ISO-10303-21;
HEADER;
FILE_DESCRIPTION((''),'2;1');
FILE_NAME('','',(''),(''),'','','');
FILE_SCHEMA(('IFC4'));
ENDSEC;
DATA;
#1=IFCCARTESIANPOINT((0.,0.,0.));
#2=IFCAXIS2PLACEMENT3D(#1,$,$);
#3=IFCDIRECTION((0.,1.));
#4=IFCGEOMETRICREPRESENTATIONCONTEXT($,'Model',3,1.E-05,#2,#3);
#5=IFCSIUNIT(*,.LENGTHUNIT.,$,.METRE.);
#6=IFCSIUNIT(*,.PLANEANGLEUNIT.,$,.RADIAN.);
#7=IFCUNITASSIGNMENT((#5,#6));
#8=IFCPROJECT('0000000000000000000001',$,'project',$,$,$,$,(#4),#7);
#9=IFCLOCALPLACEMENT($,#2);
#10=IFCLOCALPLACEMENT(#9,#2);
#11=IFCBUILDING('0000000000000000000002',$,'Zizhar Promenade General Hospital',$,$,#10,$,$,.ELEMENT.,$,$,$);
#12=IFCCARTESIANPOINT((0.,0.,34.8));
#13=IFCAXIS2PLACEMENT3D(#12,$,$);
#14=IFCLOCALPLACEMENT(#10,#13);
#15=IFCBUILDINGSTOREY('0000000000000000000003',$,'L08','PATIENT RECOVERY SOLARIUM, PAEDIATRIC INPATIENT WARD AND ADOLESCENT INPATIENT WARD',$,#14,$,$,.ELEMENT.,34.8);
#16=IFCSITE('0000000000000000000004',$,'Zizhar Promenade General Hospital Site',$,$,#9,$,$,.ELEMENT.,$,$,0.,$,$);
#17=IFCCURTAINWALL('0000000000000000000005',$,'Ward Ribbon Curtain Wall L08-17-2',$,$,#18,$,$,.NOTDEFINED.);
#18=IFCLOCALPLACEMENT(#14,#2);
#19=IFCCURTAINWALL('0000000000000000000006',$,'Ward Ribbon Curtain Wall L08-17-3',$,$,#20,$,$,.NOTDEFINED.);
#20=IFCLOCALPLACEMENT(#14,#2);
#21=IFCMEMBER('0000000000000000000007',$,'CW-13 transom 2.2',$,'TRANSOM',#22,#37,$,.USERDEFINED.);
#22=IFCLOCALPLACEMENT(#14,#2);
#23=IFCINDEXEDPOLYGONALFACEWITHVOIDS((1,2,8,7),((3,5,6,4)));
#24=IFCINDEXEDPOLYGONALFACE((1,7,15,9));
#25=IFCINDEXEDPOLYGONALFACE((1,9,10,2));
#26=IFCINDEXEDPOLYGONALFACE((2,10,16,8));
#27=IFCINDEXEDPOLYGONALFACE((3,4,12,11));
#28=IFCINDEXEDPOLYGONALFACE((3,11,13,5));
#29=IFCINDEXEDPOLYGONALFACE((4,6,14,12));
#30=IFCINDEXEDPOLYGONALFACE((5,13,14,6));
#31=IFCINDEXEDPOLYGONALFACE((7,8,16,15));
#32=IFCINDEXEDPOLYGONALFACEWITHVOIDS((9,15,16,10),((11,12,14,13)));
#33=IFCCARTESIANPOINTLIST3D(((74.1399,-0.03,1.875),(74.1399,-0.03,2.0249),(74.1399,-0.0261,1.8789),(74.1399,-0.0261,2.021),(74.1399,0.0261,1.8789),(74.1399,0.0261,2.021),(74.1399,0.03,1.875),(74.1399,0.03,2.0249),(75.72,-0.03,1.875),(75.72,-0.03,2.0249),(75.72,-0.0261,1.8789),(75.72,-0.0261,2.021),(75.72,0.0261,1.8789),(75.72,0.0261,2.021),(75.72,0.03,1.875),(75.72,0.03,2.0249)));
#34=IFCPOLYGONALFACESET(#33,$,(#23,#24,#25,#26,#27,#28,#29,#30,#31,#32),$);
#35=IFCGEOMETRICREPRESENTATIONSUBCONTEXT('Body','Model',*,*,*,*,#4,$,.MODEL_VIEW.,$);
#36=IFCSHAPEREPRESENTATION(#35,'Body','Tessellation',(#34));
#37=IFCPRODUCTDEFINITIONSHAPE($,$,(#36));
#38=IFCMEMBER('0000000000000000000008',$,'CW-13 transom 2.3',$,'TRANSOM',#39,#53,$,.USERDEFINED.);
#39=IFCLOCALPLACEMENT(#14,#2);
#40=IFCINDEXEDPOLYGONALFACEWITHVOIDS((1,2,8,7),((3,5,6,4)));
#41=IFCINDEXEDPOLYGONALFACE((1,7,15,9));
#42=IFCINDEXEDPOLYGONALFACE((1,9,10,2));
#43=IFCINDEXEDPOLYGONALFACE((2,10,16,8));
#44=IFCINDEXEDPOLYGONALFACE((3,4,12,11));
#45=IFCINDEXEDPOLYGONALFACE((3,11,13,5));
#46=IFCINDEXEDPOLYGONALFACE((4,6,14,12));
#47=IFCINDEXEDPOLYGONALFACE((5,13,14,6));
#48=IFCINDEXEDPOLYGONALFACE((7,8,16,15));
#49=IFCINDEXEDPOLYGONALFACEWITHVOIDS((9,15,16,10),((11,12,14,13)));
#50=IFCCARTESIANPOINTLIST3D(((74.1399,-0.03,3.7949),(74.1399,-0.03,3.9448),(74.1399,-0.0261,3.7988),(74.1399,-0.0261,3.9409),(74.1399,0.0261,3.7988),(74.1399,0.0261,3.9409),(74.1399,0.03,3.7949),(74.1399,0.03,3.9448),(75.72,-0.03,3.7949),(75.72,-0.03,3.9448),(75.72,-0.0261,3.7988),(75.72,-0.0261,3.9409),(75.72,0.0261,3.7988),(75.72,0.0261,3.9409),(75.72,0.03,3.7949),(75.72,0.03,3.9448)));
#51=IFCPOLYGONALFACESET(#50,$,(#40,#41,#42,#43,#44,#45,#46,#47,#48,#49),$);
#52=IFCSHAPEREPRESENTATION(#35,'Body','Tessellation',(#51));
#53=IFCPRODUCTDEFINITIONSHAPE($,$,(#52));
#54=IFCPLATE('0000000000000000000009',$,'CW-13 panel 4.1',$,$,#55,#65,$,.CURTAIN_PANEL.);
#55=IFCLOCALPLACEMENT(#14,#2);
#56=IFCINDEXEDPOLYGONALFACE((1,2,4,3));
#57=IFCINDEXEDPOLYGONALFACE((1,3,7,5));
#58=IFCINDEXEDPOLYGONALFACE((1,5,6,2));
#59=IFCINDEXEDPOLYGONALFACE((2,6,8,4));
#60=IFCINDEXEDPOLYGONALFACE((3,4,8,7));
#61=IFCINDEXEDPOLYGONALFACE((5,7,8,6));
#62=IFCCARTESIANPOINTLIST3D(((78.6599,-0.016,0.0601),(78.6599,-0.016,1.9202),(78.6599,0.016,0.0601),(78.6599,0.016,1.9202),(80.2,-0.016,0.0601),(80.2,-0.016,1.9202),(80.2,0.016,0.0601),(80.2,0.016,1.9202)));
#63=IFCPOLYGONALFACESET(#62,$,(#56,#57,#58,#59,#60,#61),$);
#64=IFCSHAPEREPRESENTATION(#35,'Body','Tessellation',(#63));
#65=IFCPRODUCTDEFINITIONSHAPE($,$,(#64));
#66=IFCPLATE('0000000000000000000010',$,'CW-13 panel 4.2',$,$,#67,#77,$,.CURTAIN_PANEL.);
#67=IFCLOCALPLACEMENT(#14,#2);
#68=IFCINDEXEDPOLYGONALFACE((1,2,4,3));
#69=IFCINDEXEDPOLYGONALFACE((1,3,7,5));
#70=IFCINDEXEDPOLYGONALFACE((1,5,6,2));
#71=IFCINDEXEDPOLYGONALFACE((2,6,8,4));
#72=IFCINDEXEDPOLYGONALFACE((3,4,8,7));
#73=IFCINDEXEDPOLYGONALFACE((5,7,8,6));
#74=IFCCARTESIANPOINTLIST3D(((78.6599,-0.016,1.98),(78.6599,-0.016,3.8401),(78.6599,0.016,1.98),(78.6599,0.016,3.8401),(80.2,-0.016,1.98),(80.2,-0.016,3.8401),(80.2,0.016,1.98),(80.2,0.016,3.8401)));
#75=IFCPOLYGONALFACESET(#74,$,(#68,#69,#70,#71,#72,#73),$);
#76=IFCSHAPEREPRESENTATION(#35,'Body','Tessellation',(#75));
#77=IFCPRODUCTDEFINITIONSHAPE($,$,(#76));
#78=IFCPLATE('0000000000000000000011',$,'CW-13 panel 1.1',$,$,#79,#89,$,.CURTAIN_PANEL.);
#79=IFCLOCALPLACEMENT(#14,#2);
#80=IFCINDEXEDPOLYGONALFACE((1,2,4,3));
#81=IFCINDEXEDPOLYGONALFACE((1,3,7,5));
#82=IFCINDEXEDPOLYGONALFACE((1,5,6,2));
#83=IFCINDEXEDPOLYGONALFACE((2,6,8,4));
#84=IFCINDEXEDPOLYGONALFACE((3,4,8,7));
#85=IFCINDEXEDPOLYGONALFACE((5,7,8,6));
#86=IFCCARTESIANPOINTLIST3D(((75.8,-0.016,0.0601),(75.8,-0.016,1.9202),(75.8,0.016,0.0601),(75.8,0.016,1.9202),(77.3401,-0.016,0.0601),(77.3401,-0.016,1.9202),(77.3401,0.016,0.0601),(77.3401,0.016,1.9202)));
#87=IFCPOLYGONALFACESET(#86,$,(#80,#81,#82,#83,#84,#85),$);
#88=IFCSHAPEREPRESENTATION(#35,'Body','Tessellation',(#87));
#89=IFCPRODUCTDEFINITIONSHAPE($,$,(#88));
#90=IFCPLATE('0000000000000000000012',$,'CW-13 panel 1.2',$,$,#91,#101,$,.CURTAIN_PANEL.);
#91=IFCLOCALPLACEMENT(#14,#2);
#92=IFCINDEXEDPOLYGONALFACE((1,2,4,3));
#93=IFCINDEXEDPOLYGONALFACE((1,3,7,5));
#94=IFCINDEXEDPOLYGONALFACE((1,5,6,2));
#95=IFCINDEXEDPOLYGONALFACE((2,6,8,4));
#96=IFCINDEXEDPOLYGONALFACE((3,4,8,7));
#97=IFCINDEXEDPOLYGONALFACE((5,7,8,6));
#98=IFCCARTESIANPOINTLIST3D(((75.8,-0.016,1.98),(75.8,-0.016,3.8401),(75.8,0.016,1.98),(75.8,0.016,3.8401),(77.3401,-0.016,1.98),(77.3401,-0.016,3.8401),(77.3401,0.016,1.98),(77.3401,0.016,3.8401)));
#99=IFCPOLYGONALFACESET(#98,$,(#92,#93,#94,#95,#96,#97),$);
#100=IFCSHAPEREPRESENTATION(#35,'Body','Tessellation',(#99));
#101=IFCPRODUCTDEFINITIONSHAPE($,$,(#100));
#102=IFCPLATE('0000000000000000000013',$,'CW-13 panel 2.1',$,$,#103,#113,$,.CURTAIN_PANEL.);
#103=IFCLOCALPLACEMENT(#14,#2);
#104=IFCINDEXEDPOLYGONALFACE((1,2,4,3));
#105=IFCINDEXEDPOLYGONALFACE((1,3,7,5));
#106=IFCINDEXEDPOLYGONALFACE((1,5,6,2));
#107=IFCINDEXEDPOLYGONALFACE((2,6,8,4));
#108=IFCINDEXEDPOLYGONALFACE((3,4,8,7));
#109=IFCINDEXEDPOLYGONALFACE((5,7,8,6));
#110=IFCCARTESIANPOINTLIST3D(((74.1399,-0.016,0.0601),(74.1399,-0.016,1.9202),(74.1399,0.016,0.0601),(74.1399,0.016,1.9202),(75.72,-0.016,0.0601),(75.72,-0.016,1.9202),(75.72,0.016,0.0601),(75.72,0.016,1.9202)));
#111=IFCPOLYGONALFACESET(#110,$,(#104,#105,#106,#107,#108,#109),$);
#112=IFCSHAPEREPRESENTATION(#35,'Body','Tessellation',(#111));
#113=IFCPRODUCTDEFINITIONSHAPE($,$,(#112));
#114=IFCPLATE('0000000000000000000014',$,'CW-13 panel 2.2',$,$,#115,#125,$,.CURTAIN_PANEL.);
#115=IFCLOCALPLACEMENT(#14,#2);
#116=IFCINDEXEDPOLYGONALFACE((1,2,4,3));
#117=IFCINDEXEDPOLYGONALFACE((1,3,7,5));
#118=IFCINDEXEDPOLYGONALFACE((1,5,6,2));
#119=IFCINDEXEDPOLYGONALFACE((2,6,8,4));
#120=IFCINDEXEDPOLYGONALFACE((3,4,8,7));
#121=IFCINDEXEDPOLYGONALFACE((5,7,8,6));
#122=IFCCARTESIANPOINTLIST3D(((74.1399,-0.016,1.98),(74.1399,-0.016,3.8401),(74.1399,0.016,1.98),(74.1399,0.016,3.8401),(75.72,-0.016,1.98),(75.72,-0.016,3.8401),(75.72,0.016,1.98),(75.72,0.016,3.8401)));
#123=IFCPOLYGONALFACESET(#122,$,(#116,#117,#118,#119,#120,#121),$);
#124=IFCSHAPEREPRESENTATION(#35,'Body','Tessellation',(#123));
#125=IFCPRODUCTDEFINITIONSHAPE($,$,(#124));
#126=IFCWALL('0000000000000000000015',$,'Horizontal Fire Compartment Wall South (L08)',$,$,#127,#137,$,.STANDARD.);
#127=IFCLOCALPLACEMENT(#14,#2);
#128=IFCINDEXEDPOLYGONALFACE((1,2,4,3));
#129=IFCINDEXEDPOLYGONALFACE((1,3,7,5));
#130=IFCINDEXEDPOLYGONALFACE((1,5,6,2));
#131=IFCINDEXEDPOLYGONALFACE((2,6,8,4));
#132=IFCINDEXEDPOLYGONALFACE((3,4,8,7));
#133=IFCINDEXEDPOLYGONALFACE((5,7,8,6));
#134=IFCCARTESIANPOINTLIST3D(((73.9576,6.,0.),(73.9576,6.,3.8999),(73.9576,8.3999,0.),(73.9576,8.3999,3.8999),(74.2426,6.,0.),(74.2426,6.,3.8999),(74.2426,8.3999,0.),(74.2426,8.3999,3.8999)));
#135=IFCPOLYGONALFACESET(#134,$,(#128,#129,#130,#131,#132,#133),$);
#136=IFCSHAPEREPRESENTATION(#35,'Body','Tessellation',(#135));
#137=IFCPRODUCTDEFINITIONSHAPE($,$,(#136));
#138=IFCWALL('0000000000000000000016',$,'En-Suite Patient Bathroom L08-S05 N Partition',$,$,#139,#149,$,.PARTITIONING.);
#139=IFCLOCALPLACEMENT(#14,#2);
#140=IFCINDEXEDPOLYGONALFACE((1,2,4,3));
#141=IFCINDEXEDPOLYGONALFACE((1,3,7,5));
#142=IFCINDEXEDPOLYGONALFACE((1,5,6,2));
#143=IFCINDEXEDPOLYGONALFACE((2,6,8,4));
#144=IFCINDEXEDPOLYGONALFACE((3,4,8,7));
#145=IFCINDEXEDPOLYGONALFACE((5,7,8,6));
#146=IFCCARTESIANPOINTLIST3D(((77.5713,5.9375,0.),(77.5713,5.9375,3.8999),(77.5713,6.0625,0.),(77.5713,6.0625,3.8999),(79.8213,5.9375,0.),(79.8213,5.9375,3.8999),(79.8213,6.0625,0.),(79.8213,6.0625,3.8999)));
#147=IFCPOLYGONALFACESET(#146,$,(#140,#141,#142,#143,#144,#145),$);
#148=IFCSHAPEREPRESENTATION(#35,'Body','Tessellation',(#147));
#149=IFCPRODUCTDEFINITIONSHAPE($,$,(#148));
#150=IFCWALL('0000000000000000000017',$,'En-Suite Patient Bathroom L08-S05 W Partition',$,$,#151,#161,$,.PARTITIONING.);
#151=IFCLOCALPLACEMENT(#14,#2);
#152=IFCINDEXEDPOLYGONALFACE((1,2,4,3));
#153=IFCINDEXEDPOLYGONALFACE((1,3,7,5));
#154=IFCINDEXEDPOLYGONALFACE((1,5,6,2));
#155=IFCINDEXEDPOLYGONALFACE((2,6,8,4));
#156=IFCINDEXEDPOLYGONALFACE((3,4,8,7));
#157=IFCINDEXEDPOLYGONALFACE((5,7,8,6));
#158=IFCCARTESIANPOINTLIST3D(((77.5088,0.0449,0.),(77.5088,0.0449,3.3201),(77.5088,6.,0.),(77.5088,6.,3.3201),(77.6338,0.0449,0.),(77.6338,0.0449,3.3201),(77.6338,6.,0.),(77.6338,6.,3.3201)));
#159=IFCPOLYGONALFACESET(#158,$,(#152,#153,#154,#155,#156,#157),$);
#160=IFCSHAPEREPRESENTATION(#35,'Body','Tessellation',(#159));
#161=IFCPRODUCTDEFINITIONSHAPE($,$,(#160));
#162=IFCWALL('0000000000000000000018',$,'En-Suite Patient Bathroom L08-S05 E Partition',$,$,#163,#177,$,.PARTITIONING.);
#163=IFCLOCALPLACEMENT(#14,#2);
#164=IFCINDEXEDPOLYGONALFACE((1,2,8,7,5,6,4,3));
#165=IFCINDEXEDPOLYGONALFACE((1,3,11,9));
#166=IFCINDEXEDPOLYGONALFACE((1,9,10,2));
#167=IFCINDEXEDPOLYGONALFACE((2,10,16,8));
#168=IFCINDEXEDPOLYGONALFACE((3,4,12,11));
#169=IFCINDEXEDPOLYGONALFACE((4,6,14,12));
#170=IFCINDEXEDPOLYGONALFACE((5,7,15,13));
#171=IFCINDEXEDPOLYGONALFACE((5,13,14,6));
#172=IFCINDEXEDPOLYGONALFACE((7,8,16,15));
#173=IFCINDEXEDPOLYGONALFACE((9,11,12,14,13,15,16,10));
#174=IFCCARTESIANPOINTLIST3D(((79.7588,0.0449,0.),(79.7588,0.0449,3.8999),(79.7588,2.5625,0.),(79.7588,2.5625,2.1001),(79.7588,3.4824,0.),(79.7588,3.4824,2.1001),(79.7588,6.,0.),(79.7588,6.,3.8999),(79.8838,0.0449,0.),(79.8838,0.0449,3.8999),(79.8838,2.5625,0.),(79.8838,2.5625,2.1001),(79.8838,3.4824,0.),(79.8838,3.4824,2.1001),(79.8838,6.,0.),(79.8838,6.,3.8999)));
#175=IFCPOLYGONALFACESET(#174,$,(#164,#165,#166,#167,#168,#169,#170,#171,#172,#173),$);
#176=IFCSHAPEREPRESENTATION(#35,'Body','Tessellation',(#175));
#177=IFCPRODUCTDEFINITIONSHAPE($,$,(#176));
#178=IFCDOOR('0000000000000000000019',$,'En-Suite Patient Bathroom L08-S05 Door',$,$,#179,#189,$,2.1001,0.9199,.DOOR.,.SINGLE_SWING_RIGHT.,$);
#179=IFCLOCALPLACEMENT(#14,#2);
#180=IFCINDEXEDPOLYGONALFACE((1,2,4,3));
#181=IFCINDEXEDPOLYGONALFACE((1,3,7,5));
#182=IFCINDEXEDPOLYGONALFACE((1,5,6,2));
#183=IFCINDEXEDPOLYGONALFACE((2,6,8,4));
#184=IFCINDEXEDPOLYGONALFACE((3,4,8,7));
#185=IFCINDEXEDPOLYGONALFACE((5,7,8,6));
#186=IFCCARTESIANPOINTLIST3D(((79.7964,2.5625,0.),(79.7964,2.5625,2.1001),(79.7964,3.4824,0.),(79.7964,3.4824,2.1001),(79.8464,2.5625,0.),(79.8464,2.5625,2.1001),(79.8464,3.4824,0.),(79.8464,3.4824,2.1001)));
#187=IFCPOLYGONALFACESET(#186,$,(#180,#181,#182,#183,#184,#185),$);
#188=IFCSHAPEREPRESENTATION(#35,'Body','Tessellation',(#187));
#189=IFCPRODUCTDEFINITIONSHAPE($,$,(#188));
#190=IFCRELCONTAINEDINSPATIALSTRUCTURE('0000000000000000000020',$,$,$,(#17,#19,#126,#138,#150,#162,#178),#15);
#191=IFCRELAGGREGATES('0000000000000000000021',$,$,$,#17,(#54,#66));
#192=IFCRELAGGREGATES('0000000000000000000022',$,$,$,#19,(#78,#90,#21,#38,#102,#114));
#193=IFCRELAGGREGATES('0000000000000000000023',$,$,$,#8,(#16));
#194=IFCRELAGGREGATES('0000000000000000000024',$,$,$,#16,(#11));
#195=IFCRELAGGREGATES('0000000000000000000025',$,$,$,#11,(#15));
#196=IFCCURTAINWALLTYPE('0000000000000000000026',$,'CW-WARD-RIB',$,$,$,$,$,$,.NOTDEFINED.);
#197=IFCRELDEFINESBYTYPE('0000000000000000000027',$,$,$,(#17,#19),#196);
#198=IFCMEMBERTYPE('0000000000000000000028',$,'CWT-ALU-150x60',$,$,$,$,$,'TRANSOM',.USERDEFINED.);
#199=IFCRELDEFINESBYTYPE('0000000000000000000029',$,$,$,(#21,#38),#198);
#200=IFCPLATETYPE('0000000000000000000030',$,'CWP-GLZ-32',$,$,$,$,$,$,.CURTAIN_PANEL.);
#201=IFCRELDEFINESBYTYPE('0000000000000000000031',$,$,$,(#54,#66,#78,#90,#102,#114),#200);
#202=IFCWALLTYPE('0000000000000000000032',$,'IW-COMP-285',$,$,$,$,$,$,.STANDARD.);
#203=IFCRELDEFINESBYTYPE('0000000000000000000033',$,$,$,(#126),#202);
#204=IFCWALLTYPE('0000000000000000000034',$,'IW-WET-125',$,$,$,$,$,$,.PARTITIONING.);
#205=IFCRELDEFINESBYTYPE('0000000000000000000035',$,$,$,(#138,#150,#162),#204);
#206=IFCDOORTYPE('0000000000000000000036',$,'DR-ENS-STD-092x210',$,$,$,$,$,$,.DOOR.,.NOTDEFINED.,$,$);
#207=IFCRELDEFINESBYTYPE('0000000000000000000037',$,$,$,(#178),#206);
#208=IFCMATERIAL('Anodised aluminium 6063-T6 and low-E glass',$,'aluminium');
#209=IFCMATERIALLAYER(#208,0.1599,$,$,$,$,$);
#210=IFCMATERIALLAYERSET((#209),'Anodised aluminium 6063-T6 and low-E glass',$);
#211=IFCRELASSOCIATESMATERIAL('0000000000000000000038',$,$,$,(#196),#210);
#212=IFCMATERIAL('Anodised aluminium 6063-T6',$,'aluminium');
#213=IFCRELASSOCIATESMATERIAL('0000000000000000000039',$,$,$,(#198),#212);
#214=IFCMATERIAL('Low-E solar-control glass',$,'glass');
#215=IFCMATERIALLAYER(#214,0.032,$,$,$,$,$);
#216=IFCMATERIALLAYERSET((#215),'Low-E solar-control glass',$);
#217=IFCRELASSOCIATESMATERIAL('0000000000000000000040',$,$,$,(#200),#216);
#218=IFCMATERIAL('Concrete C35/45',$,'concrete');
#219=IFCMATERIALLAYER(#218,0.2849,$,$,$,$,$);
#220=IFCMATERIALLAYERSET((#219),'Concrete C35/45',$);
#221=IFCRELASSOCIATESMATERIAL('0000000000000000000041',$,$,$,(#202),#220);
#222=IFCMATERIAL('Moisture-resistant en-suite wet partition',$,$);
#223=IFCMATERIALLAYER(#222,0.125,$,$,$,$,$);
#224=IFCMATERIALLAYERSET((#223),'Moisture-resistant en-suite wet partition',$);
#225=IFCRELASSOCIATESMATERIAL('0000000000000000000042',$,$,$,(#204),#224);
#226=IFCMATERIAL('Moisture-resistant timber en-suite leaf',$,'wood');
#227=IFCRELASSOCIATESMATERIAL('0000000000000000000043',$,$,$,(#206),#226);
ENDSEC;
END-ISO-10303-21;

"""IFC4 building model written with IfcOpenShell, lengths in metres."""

from ifc_helpers import new_model, si_unit, direction, frame, frame_2d, origin, origin_2d, place, context, subcontext, project, spatial, rectangle, hollow_rectangle, extrude, material, layer, layer_set, material_profile, profile_set, type_object, element, fill, aggregate, save


model = new_model("IFC4")

# Units and contexts
model_context = context("Model", 3, precision=1e-05, world=origin(), true_north=direction((0.0, 1.0)))
body_context = subcontext(model_context, "Body", "Model", "MODEL_VIEW")
ifc_project = project(units=[si_unit("LENGTHUNIT", "METRE"), si_unit("PLANEANGLEUNIT", "RADIAN")], contexts=[model_context])

# Site, building, storey
site_placement = place(None, origin())
site = spatial("IfcSite", under=ifc_project, at=site_placement, Name="Zizhar Promenade General Hospital Site", CompositionType="ELEMENT", RefElevation=0.0)
building_placement = place(site_placement, origin())
building = spatial("IfcBuilding", under=site, at=building_placement, Name="Zizhar Promenade General Hospital", CompositionType="ELEMENT")
storey_placement = place(building_placement, frame((0.0, 0.0, 34.8)))
storey = spatial("IfcBuildingStorey", under=building, at=storey_placement, Name="L08", Description="PATIENT RECOVERY SOLARIUM, PAEDIATRIC INPATIENT WARD AND ADOLESCENT INPATIENT WARD", CompositionType="ELEMENT", Elevation=34.8)

# Curtain wall
ifc_material_1 = material(Name="Anodised aluminium 6063-T6 and low-E glass", Category="aluminium")
ifc_layer_1 = layer(ifc_material_1, 0.1599)
ifc_layer_set_1 = layer_set([ifc_layer_1], Name="Anodised aluminium 6063-T6 and low-E glass")
curtain_wall_type = type_object("IfcCurtainWallType", Name="CW-WARD-RIB", PredefinedType="NOTDEFINED", material=ifc_layer_set_1)
curtain_wall_1_placement = place(storey_placement, origin())
curtain_wall_1 = element("IfcCurtainWall", 1, at=curtain_wall_1_placement, inside=storey, type_object=curtain_wall_type, Name="Ward Ribbon Curtain Wall L08-17-2", PredefinedType="NOTDEFINED")

# Curtain wall, members
curtain_wall_2_placement = place(storey_placement, origin())
curtain_wall_2 = element("IfcCurtainWall", 2, at=curtain_wall_2_placement, inside=storey, type_object=curtain_wall_type, Name="Ward Ribbon Curtain Wall L08-17-3", PredefinedType="NOTDEFINED")
ifc_material_2 = material(Name="Anodised aluminium 6063-T6", Category="aluminium")
ifc_material_profile_1 = material_profile(ifc_material_2, hollow_rectangle(XDim=0.0601, YDim=0.1499, WallThickness=0.0039, at=origin_2d()))
ifc_profile_set_1 = profile_set([ifc_material_profile_1], Name="Anodised aluminium 6063-T6")
member_type_1 = type_object("IfcMemberType", Name="CWT-ALU-150x60", ElementType="TRANSOM", PredefinedType="USERDEFINED", material=ifc_profile_set_1)
member_1_placement = place(storey_placement, frame((75.72, 0.0, 1.95), z_axis=(-1.0, 0.0, 0.0), x_axis=(0.0, -1.0, 0.0)))
member_1 = element("IfcMember", 3, at=member_1_placement, type_object=member_type_1, Name="CW-13 transom 2.2", ObjectType="TRANSOM", PredefinedType="USERDEFINED", context=body_context, shape_type="SweptSolid", body=[
    extrude(hollow_rectangle(XDim=0.0601, YDim=0.1499, WallThickness=0.0039, at=origin_2d()), origin(), (0.0, 0.0, 1.0), 1.5801),
])
member_2_placement = place(storey_placement, frame((75.72, 0.0, 3.8699), z_axis=(-1.0, 0.0, 0.0), x_axis=(0.0, -1.0, 0.0)))
member_2 = element("IfcMember", 4, at=member_2_placement, type_object=member_type_1, Name="CW-13 transom 2.3", ObjectType="TRANSOM", PredefinedType="USERDEFINED", context=body_context, shape_type="SweptSolid", body=[
    extrude(hollow_rectangle(XDim=0.0601, YDim=0.1499, WallThickness=0.0039, at=origin_2d()), origin(), (0.0, 0.0, 1.0), 1.5801),
])

# Plates
ifc_material_3 = material(Name="Low-E solar-control glass", Category="glass")
ifc_layer_2 = layer(ifc_material_3, 0.032)
ifc_layer_set_2 = layer_set([ifc_layer_2], Name="Low-E solar-control glass")
plate_type = type_object("IfcPlateType", Name="CWP-GLZ-32", PredefinedType="CURTAIN_PANEL", material=ifc_layer_set_2)
plate_1_placement = place(storey_placement, frame((79.4299, 0.0, 0.0601), z_axis=(0.0, 0.0, 1.0), x_axis=(-1.0, 0.0, 0.0)))
plate_1 = element("IfcPlate", 5, at=plate_1_placement, type_object=plate_type, Name="CW-13 panel 4.1", PredefinedType="CURTAIN_PANEL", context=body_context, shape_type="SweptSolid", body=[
    extrude(rectangle(XDim=1.54, YDim=0.032, at=origin_2d()), origin(), (0.0, 0.0, 1.0), 1.8601),
])
plate_2_placement = place(storey_placement, frame((79.4299, 0.0, 1.98), z_axis=(0.0, 0.0, 1.0), x_axis=(-1.0, 0.0, 0.0)))
plate_2 = element("IfcPlate", 6, at=plate_2_placement, type_object=plate_type, Name="CW-13 panel 4.2", PredefinedType="CURTAIN_PANEL", context=body_context, shape_type="SweptSolid", body=[
    extrude(rectangle(XDim=1.54, YDim=0.032, at=origin_2d()), origin(), (0.0, 0.0, 1.0), 1.8601),
])
aggregate(curtain_wall_1, [plate_1, plate_2])
plate_3_placement = place(storey_placement, frame((76.5701, 0.0, 0.0601), z_axis=(0.0, 0.0, 1.0), x_axis=(-1.0, 0.0, 0.0)))
plate_3 = element("IfcPlate", 7, at=plate_3_placement, type_object=plate_type, Name="CW-13 panel 1.1", PredefinedType="CURTAIN_PANEL", context=body_context, shape_type="SweptSolid", body=[
    extrude(rectangle(XDim=1.54, YDim=0.032, at=origin_2d()), origin(), (0.0, 0.0, 1.0), 1.8601),
])
plate_4_placement = place(storey_placement, frame((76.5701, 0.0, 1.98), z_axis=(0.0, 0.0, 1.0), x_axis=(-1.0, 0.0, 0.0)))
plate_4 = element("IfcPlate", 8, at=plate_4_placement, type_object=plate_type, Name="CW-13 panel 1.2", PredefinedType="CURTAIN_PANEL", context=body_context, shape_type="SweptSolid", body=[
    extrude(rectangle(XDim=1.54, YDim=0.032, at=origin_2d()), origin(), (0.0, 0.0, 1.0), 1.8601),
])
plate_5_placement = place(storey_placement, frame((74.9299, 0.0, 0.0601), z_axis=(0.0, 0.0, 1.0), x_axis=(-1.0, 0.0, 0.0)))
plate_5 = element("IfcPlate", 9, at=plate_5_placement, type_object=plate_type, Name="CW-13 panel 2.1", PredefinedType="CURTAIN_PANEL", context=body_context, shape_type="SweptSolid", body=[
    extrude(rectangle(XDim=1.5801, YDim=0.032, at=origin_2d()), origin(), (0.0, 0.0, 1.0), 1.8601),
])
plate_6_placement = place(storey_placement, frame((74.9299, 0.0, 1.98), z_axis=(0.0, 0.0, 1.0), x_axis=(-1.0, 0.0, 0.0)))
plate_6 = element("IfcPlate", 10, at=plate_6_placement, type_object=plate_type, Name="CW-13 panel 2.2", PredefinedType="CURTAIN_PANEL", context=body_context, shape_type="SweptSolid", body=[
    extrude(rectangle(XDim=1.5801, YDim=0.032, at=origin_2d()), origin(), (0.0, 0.0, 1.0), 1.8601),
])
aggregate(curtain_wall_2, [plate_3, plate_4, member_1, member_2, plate_5, plate_6])

# Wall
ifc_material_4 = material(Name="Concrete C35/45", Category="concrete")
ifc_layer_3 = layer(ifc_material_4, 0.2849)
ifc_layer_set_3 = layer_set([ifc_layer_3], Name="Concrete C35/45")
wall_type_1 = type_object("IfcWallType", Name="IW-COMP-285", PredefinedType="STANDARD", material=ifc_layer_set_3)
wall_1_placement = place(storey_placement, frame((74.1001, 6.0, 0.0), z_axis=(0.0, 0.0, 1.0), x_axis=(0.0, 1.0, 0.0)))
element("IfcWall", 11, at=wall_1_placement, inside=storey, type_object=wall_type_1, Name="Horizontal Fire Compartment Wall South (L08)", PredefinedType="STANDARD", context=body_context, shape_type="SweptSolid", body=[
    extrude(rectangle(XDim=2.3999, YDim=0.2849, at=frame_2d((1.2, 0.0))), origin(), (0.0, 0.0, 1.0), 3.8999),
])

# Walls
ifc_material_5 = material(Name="Moisture-resistant en-suite wet partition")
ifc_layer_4 = layer(ifc_material_5, 0.125)
ifc_layer_set_4 = layer_set([ifc_layer_4], Name="Moisture-resistant en-suite wet partition")
wall_type_2 = type_object("IfcWallType", Name="IW-WET-125", PredefinedType="PARTITIONING", material=ifc_layer_set_4)
wall_2_placement = place(storey_placement, frame((77.5713, 6.0, 0.0), z_axis=(0.0, 0.0, 1.0), x_axis=(1.0, 0.0, 0.0)))
element("IfcWall", 12, at=wall_2_placement, inside=storey, type_object=wall_type_2, Name="En-Suite Patient Bathroom L08-S05 N Partition", PredefinedType="PARTITIONING", context=body_context, shape_type="SweptSolid", body=[
    extrude(rectangle(XDim=2.25, YDim=0.125, at=frame_2d((1.125, 0.0))), origin(), (0.0, 0.0, 1.0), 3.8999),
])
wall_3_placement = place(storey_placement, frame((77.5713, 0.0449, 0.0), z_axis=(0.0, 0.0, 1.0), x_axis=(0.0, 1.0, 0.0)))
element("IfcWall", 13, at=wall_3_placement, inside=storey, type_object=wall_type_2, Name="En-Suite Patient Bathroom L08-S05 W Partition", PredefinedType="PARTITIONING", context=body_context, shape_type="SweptSolid", body=[
    extrude(rectangle(XDim=5.9551, YDim=0.125, at=frame_2d((2.9775, 0.0))), origin(), (0.0, 0.0, 1.0), 3.3201),
])

# Wall, opening, door
wall_4_placement = place(storey_placement, frame((79.8213, 0.0449, 0.0), z_axis=(0.0, 0.0, 1.0), x_axis=(0.0, 1.0, 0.0)))
wall_4 = element("IfcWall", 14, at=wall_4_placement, inside=storey, type_object=wall_type_2, Name="En-Suite Patient Bathroom L08-S05 E Partition", PredefinedType="PARTITIONING", context=body_context, shape_type="SweptSolid", body=[
    extrude(rectangle(XDim=5.9551, YDim=0.125, at=frame_2d((2.9775, 0.0))), origin(), (0.0, 0.0, 1.0), 3.8999),
])
opening_1_placement = place(wall_4_placement, frame((2.5176, 0.0, 0.0)))
opening_1 = element("IfcOpeningElement", 15, at=opening_1_placement, cuts=wall_4, PredefinedType="OPENING", context=body_context, shape_type="SweptSolid", body=[
    extrude(rectangle(XDim=0.9199, YDim=2.1001, at=frame_2d((0.46, 1.05))), frame((0.0, 0.0725, 0.0), z_axis=(0.0, -1.0, 0.0), x_axis=(1.0, 0.0, 0.0)), (0.0, 0.0, 1.0), 0.145),
])
ifc_material_6 = material(Name="Moisture-resistant timber en-suite leaf", Category="wood")
door_type_1 = type_object("IfcDoorType", Name="DR-ENS-STD-092x210", OperationType="NOTDEFINED", PredefinedType="DOOR", material=ifc_material_6)
door_1_placement = place(opening_1_placement, origin())
door_1 = element("IfcDoor", 16, at=door_1_placement, inside=storey, type_object=door_type_1, Name="En-Suite Patient Bathroom L08-S05 Door", OperationType="SINGLE_SWING_RIGHT", OverallHeight=2.1001, OverallWidth=0.9199, PredefinedType="DOOR", context=body_context, shape_type="SweptSolid", body=[
    extrude(rectangle(XDim=0.9199, YDim=2.1001, at=frame_2d((0.46, 1.05))), frame((0.0, 0.0249, 0.0), z_axis=(0.0, -1.0, 0.0), x_axis=(1.0, 0.0, 0.0)), (0.0, 0.0, 1.0), 0.05),
])
fill(opening_1, door_1)

save(model, "model.ifc")
